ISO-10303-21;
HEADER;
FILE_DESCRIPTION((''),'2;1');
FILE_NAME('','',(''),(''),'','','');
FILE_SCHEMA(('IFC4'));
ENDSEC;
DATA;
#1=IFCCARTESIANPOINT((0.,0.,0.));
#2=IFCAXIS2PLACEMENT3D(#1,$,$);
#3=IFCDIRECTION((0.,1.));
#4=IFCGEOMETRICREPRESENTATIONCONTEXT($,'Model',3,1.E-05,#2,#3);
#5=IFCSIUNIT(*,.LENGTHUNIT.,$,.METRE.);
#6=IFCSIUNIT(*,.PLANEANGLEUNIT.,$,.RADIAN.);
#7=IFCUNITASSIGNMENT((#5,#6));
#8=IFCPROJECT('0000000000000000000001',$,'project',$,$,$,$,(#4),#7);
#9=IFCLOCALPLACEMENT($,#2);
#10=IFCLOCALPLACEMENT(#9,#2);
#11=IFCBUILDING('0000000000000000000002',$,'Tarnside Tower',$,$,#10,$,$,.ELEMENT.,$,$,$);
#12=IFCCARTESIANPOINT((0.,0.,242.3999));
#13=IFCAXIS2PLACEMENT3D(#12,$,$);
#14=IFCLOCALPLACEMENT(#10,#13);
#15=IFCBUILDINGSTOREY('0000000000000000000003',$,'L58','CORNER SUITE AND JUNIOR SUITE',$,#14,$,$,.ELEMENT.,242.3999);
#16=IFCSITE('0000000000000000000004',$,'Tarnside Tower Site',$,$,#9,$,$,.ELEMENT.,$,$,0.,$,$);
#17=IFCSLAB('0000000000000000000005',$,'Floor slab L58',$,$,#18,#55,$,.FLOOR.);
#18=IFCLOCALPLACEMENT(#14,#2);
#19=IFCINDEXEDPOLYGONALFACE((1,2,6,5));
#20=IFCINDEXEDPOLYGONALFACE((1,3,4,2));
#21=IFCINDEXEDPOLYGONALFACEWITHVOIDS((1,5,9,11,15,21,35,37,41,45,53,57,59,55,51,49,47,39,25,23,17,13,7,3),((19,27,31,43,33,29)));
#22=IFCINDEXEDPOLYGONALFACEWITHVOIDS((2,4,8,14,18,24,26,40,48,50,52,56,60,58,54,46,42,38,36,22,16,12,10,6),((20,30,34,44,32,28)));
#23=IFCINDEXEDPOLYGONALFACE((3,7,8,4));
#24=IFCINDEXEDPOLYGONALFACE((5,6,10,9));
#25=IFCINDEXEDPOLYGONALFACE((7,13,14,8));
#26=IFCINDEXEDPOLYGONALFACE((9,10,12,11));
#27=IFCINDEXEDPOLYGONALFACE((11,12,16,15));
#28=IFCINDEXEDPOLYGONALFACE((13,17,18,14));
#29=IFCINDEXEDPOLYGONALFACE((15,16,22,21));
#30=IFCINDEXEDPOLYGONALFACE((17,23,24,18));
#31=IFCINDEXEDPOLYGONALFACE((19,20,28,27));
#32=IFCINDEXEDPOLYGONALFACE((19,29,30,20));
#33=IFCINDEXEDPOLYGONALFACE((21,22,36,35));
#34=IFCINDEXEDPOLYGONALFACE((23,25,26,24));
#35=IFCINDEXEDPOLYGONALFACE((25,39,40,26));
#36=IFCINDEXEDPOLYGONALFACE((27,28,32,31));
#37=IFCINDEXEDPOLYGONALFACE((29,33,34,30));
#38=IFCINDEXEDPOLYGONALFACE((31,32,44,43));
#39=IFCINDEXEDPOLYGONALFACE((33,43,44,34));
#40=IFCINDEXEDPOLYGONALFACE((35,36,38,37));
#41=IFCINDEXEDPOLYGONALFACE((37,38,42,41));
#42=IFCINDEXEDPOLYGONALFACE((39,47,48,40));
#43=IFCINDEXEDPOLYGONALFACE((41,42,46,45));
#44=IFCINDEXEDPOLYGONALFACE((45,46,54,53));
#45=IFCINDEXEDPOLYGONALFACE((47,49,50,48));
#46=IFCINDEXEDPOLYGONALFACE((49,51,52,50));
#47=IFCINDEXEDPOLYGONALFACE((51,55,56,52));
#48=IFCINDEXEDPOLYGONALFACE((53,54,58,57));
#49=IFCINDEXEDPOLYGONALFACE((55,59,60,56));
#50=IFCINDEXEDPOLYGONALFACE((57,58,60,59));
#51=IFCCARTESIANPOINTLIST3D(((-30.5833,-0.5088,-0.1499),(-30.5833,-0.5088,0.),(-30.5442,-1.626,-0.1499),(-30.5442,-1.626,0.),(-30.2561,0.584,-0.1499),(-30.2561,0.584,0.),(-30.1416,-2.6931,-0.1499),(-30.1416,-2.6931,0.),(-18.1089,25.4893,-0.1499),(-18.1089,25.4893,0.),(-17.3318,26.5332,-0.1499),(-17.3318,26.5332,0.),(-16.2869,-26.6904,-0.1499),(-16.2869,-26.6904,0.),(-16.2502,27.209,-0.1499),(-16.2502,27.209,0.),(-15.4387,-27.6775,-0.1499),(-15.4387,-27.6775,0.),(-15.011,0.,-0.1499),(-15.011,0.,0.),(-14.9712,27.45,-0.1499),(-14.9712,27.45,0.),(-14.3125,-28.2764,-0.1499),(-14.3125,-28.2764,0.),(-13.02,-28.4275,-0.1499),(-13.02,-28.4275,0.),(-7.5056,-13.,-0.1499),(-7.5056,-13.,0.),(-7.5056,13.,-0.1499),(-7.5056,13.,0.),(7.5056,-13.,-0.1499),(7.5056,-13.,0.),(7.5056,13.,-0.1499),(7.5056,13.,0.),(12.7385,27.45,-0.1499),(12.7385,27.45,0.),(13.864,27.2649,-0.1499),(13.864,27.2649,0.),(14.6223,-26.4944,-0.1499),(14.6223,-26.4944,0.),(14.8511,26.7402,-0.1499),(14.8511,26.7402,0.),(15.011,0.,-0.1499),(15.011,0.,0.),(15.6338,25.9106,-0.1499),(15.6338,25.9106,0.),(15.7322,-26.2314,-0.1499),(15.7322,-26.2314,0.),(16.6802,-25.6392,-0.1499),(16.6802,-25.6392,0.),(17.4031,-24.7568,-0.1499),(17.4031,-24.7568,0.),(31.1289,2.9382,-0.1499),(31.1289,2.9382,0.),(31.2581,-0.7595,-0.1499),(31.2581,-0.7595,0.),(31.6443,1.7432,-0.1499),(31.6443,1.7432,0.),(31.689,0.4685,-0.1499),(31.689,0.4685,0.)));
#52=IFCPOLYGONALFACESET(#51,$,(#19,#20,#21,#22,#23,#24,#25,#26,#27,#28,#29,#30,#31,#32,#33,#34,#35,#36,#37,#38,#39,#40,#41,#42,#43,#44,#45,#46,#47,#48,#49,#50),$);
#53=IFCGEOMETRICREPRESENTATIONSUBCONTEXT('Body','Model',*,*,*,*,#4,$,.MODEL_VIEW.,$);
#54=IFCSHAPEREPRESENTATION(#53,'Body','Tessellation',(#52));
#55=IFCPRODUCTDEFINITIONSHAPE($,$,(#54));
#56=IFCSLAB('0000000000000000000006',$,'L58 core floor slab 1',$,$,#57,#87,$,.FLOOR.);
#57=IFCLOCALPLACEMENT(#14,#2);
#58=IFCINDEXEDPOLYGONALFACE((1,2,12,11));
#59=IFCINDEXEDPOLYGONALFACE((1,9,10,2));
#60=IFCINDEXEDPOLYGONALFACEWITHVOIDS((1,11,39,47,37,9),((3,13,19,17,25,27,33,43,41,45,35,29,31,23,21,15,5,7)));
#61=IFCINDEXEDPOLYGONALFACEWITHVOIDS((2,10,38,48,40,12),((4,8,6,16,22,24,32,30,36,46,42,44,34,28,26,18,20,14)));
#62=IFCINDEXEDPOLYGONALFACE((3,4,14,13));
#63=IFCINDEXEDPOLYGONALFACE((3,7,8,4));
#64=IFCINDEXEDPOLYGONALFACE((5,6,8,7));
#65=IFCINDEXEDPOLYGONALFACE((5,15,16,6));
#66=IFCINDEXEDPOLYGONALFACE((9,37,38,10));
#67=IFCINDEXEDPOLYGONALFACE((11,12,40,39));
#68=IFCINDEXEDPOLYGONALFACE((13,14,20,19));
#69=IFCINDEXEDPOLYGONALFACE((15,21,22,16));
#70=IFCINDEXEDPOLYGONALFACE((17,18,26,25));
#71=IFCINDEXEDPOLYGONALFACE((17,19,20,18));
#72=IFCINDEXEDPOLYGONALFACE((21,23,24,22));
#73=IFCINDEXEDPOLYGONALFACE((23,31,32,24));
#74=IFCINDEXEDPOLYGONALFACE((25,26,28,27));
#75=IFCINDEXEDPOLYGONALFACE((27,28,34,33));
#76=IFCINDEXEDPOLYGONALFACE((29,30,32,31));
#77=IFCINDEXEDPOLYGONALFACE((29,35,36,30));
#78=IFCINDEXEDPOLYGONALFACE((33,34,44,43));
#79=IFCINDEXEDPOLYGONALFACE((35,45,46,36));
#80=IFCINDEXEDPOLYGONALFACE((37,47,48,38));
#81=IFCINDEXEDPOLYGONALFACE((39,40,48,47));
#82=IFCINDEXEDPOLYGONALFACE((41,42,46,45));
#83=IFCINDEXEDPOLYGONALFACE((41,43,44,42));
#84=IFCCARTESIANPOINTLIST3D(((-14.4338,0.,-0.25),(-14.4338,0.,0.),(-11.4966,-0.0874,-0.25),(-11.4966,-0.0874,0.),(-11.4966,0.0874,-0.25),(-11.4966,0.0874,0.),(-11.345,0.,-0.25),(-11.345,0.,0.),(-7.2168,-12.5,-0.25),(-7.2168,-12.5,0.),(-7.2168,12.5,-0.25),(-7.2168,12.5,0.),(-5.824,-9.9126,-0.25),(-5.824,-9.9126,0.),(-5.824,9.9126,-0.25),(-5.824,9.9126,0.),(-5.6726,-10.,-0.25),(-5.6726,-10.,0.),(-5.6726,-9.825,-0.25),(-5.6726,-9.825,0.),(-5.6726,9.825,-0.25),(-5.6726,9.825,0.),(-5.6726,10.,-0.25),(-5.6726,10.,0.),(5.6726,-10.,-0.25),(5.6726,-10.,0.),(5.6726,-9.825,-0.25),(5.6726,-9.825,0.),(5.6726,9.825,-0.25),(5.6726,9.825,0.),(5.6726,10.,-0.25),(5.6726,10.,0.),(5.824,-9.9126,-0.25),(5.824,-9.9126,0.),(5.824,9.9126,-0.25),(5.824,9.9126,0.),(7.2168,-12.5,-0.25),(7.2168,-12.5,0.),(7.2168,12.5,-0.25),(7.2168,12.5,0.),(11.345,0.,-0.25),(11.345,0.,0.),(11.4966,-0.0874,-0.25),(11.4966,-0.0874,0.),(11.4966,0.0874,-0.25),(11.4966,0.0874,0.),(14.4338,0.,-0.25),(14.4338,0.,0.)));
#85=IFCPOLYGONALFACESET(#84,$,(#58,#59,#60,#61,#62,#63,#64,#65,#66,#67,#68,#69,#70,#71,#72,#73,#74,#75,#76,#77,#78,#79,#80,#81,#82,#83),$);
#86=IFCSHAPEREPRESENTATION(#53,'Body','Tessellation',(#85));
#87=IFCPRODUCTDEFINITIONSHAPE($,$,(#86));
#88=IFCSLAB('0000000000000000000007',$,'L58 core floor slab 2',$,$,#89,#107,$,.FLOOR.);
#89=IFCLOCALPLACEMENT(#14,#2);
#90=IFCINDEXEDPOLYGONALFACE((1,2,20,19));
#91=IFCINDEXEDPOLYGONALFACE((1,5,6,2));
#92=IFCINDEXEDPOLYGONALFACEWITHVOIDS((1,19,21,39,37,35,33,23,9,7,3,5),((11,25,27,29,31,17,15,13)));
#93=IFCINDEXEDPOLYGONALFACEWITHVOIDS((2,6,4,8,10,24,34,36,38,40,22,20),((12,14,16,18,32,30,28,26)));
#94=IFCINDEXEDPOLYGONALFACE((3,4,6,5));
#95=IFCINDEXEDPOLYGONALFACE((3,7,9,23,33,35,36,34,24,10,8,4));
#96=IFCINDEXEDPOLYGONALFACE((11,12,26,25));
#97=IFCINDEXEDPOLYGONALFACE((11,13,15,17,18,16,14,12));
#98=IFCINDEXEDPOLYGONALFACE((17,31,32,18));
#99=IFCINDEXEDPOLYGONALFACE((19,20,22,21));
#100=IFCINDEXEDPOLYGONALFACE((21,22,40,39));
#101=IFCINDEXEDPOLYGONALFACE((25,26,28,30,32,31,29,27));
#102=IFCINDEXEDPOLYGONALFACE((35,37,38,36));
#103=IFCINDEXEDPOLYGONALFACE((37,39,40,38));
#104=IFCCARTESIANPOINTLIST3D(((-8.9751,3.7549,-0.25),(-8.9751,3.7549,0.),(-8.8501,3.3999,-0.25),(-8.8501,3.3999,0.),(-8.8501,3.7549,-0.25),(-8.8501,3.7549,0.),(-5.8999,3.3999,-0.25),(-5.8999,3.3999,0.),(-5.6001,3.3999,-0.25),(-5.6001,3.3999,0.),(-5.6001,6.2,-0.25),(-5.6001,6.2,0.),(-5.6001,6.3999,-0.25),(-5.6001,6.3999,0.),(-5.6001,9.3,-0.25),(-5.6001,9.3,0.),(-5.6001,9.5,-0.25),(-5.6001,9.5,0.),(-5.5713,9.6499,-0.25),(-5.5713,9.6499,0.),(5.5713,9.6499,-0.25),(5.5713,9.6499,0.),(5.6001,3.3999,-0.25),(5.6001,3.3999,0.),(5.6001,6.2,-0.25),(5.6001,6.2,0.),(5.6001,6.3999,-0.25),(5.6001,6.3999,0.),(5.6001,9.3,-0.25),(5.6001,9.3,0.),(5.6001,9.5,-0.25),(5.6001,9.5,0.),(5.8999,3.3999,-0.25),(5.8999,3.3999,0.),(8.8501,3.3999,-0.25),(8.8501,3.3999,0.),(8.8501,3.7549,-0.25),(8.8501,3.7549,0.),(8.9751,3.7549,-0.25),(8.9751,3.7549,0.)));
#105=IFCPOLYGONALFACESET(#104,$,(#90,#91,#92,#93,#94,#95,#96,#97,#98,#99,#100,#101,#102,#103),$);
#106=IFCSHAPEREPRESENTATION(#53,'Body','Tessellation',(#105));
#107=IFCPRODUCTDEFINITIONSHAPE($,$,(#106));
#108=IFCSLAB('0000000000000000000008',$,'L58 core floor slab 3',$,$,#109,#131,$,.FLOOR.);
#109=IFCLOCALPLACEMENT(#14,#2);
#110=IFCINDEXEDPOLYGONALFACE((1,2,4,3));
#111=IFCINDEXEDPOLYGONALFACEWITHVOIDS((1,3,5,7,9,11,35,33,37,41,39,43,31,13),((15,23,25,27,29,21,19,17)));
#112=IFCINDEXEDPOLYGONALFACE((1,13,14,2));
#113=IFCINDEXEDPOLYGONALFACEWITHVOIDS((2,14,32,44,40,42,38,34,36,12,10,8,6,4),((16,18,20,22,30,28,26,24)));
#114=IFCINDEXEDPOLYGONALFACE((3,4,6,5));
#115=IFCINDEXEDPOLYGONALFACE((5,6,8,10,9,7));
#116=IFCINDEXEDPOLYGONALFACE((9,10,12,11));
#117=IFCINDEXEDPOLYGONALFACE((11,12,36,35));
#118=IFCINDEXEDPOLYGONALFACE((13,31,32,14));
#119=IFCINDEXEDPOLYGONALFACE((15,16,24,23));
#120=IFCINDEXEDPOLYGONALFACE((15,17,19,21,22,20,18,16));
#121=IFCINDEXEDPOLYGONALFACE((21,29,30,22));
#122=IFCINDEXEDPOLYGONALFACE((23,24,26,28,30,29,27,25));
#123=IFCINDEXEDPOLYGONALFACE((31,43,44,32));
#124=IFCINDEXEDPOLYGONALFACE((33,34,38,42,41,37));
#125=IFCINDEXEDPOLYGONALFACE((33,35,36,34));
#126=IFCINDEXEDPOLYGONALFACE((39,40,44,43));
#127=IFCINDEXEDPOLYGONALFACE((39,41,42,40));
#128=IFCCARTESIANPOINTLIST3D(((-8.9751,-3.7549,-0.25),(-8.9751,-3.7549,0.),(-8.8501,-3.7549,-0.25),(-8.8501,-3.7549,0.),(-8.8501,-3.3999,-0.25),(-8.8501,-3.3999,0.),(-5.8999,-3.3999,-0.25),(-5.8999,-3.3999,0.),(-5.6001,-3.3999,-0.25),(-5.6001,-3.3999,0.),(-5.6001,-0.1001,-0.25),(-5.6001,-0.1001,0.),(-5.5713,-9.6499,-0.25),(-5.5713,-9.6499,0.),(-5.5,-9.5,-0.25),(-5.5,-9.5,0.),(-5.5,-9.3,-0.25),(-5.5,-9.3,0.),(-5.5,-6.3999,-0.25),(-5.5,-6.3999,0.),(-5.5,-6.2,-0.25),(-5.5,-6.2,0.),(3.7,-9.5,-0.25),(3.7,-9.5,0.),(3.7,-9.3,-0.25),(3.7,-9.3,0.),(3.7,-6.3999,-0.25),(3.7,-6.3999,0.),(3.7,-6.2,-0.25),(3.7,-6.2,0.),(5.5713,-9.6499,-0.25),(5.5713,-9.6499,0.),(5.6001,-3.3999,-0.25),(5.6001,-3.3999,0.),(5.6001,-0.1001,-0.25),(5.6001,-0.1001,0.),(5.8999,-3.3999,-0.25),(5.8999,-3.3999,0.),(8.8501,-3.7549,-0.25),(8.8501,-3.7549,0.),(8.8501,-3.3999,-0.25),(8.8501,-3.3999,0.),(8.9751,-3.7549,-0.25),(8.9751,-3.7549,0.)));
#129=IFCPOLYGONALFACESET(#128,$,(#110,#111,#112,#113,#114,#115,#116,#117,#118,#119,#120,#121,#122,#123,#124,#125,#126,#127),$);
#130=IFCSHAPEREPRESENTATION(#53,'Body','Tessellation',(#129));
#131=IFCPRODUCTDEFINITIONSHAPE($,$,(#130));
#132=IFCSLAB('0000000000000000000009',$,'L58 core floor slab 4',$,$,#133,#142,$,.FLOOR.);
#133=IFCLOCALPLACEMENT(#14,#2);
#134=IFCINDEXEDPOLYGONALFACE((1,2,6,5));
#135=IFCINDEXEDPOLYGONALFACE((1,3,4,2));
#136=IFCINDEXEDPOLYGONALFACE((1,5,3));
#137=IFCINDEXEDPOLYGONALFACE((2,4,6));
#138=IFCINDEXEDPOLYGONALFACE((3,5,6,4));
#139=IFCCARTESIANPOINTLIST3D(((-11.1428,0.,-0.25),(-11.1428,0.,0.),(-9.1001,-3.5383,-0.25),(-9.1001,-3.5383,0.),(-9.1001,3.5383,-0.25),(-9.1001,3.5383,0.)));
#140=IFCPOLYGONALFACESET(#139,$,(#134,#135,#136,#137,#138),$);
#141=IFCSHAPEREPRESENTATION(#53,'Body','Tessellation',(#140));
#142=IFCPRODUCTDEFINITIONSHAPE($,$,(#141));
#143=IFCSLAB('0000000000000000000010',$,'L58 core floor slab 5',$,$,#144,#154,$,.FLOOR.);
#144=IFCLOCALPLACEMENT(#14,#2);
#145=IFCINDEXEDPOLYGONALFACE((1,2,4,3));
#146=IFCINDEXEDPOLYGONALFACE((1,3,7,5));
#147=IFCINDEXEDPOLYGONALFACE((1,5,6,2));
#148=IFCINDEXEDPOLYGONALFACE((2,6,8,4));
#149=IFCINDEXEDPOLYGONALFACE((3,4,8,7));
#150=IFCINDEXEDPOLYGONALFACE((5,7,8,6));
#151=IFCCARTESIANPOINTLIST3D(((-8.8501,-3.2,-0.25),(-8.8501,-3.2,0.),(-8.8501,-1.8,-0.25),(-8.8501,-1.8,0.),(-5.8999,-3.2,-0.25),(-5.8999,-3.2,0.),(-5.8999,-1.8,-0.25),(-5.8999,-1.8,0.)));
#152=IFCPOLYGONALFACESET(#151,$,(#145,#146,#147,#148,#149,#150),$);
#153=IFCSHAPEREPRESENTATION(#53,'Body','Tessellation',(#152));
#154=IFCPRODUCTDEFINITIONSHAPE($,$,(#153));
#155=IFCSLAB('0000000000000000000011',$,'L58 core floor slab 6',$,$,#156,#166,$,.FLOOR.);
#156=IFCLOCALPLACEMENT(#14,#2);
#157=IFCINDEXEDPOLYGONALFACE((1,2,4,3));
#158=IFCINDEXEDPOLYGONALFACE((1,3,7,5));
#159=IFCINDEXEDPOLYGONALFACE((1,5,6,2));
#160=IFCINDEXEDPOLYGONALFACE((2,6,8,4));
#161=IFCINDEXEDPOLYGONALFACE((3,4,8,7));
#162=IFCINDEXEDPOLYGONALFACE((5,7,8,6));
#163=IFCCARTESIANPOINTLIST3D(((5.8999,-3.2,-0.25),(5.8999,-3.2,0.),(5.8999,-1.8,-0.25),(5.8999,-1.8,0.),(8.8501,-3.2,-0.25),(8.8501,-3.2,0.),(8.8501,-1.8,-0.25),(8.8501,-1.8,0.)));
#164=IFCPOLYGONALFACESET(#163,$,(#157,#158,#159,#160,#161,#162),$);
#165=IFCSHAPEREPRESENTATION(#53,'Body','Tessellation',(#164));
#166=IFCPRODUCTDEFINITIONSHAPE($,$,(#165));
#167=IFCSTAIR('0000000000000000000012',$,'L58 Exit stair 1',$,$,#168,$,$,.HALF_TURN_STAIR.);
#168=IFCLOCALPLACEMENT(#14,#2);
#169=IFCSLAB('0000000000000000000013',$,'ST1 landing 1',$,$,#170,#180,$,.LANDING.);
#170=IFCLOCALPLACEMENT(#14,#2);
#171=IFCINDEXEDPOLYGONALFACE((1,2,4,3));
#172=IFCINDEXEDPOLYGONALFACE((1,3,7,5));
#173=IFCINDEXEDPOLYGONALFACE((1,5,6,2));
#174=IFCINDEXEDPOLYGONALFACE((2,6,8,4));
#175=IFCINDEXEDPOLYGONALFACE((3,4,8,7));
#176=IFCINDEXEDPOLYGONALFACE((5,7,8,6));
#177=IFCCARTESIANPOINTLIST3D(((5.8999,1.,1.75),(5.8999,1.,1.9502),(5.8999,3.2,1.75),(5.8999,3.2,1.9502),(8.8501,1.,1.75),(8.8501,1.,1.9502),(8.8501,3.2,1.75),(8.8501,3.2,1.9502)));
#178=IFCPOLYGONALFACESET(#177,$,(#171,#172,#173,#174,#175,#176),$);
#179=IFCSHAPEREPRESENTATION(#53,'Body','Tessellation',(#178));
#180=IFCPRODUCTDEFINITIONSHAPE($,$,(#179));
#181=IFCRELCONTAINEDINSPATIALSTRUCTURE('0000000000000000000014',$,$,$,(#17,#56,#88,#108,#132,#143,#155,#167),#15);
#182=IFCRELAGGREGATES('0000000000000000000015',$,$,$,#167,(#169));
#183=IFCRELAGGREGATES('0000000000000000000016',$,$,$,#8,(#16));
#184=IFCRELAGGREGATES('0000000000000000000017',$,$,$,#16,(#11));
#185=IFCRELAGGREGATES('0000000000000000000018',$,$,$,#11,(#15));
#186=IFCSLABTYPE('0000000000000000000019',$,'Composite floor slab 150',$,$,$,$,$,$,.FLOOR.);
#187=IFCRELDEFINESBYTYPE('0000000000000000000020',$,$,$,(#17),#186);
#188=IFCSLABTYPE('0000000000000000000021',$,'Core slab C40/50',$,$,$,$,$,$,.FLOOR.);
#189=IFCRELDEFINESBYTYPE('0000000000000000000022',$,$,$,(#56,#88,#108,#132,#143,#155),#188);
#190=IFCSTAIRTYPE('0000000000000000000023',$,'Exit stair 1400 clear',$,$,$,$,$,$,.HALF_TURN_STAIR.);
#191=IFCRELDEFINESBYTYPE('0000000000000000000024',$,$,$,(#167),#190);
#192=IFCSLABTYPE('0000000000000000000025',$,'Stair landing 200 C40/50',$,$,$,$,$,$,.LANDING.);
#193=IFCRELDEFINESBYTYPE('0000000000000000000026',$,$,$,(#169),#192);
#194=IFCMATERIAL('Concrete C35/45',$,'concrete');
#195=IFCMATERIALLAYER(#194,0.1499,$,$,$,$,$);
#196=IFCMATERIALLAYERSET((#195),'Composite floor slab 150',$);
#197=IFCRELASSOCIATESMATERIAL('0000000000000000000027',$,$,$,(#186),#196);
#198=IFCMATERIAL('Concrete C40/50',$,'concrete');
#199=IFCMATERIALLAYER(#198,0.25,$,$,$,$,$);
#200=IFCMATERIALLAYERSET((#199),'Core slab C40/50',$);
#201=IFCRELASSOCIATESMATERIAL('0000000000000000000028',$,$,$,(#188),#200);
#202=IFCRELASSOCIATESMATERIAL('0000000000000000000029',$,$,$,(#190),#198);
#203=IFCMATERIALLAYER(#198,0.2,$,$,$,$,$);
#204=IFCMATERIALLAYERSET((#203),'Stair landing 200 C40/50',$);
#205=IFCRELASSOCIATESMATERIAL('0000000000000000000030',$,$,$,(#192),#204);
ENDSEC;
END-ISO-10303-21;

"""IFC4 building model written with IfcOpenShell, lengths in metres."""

from ifc_helpers import new_model, si_unit, direction, frame, origin, place, context, subcontext, project, spatial, polyline, outline, extrude, material, layer, layer_set, type_object, element, aggregate, save


model = new_model("IFC4")

# Units and contexts
model_context = context("Model", 3, precision=1e-05, world=origin(), true_north=direction((0.0, 1.0)))
body_context = subcontext(model_context, "Body", "Model", "MODEL_VIEW")
ifc_project = project(units=[si_unit("LENGTHUNIT", "METRE"), si_unit("PLANEANGLEUNIT", "RADIAN")], contexts=[model_context])

# Site, building, storey
site_placement = place(None, origin())
site = spatial("IfcSite", under=ifc_project, at=site_placement, Name="Tarnside Tower Site", CompositionType="ELEMENT", RefElevation=0.0)
building_placement = place(site_placement, origin())
building = spatial("IfcBuilding", under=site, at=building_placement, Name="Tarnside Tower", CompositionType="ELEMENT")
storey_placement = place(building_placement, frame((0.0, 0.0, 242.3999)))
storey = spatial("IfcBuildingStorey", under=building, at=storey_placement, Name="L58", Description="CORNER SUITE AND JUNIOR SUITE", CompositionType="ELEMENT", Elevation=242.3999)

# Slabs
ifc_material_1 = material(Name="Concrete C35/45", Category="concrete")
ifc_layer_1 = layer(ifc_material_1, 0.1499)
ifc_layer_set_1 = layer_set([ifc_layer_1], Name="Composite floor slab 150")
slab_type_1 = type_object("IfcSlabType", Name="Composite floor slab 150", PredefinedType="FLOOR", material=ifc_layer_set_1)
slab_1_placement = place(storey_placement, frame((0.0, 0.0, -0.1499)))
element("IfcSlab", 1, at=slab_1_placement, inside=storey, type_object=slab_type_1, Name="Floor slab L58", PredefinedType="FLOOR", context=body_context, shape_type="SweptSolid", body=[
    extrude(outline(polyline([(13.864, 27.2649), (14.8511, 26.7402), (15.6338, 25.9106), (31.1289, 2.9382), (31.6443, 1.7432), (31.689, 0.4685), (31.2581, -0.7595), (17.4031, -24.7568), (16.6802, -25.6392), (15.7322, -26.2314), (14.6223, -26.4944), (-13.02, -28.4275), (-14.3125, -28.2764), (-15.4387, -27.6775), (-16.2869, -26.6904), (-30.1416, -2.6931), (-30.5442, -1.626), (-30.5833, -0.5088), (-30.2561, 0.584), (-18.1089, 25.4893), (-17.3318, 26.5332), (-16.2502, 27.209), (-14.9712, 27.45), (12.7385, 27.45), (13.864, 27.2649)]), holes=[polyline([(-15.011, 0.0), (-7.5056, -13.0), (7.5056, -13.0), (15.011, 0.0), (7.5056, 13.0), (-7.5056, 13.0), (-15.011, 0.0)])]), origin(), (0.0, 0.0, 1.0), 0.1499),
])
ifc_material_2 = material(Name="Concrete C40/50", Category="concrete")
ifc_layer_2 = layer(ifc_material_2, 0.25)
ifc_layer_set_2 = layer_set([ifc_layer_2], Name="Core slab C40/50")
slab_type_2 = type_object("IfcSlabType", Name="Core slab C40/50", PredefinedType="FLOOR", material=ifc_layer_set_2)
slab_2_placement = place(storey_placement, frame((0.0, 0.0, -0.25)))
element("IfcSlab", 2, at=slab_2_placement, inside=storey, type_object=slab_type_2, Name="L58 core floor slab 1", PredefinedType="FLOOR", context=body_context, shape_type="SweptSolid", body=[
    extrude(outline(polyline([(-7.2168, 12.5), (7.2168, 12.5), (14.4338, 0.0), (7.2168, -12.5), (-7.2168, -12.5), (-14.4338, 0.0), (-7.2168, 12.5)]), holes=[polyline([(5.824, -9.9126), (11.4966, -0.0874), (11.345, 0.0), (11.4966, 0.0874), (5.824, 9.9126), (5.6726, 9.825), (5.6726, 10.0), (-5.6726, 10.0), (-5.6726, 9.825), (-5.824, 9.9126), (-11.4966, 0.0874), (-11.345, 0.0), (-11.4966, -0.0874), (-5.824, -9.9126), (-5.6726, -9.825), (-5.6726, -10.0), (5.6726, -10.0), (5.6726, -9.825), (5.824, -9.9126)])]), origin(), (0.0, 0.0, 1.0), 0.25),
])
slab_3_placement = place(storey_placement, frame((0.0, 0.0, -0.25)))
element("IfcSlab", 3, at=slab_3_placement, inside=storey, type_object=slab_type_2, Name="L58 core floor slab 2", PredefinedType="FLOOR", context=body_context, shape_type="SweptSolid", body=[
    extrude(outline(polyline([(-8.9751, 3.7549), (-5.5713, 9.6499), (5.5713, 9.6499), (8.9751, 3.7549), (8.8501, 3.7549), (8.8501, 3.3999), (5.8999, 3.3999), (5.6001, 3.3999), (5.6001, 3.3999), (-5.6001, 3.3999), (-5.8999, 3.3999), (-8.8501, 3.3999), (-8.8501, 3.7549), (-8.9751, 3.7549)]), holes=[polyline([(-5.6001, 6.2), (5.6001, 6.2), (5.6001, 6.3999), (5.6001, 9.3), (5.6001, 9.5), (-5.6001, 9.5), (-5.6001, 9.3), (-5.6001, 6.3999), (-5.6001, 6.2)])]), origin(), (0.0, 0.0, 1.0), 0.25),
])
slab_4_placement = place(storey_placement, frame((0.0, 0.0, -0.25)))
element("IfcSlab", 4, at=slab_4_placement, inside=storey, type_object=slab_type_2, Name="L58 core floor slab 3", PredefinedType="FLOOR", context=body_context, shape_type="SweptSolid", body=[
    extrude(outline(polyline([(5.6001, -3.3999), (5.8999, -3.3999), (8.8501, -3.3999), (8.8501, -3.7549), (8.9751, -3.7549), (5.5713, -9.6499), (-5.5713, -9.6499), (-8.9751, -3.7549), (-8.8501, -3.7549), (-8.8501, -3.3999), (-5.8999, -3.3999), (-5.6001, -3.3999), (-5.6001, -0.1001), (5.6001, -0.1001), (5.6001, -3.3999)]), holes=[polyline([(-5.5, -9.3), (-5.5, -9.5), (3.7, -9.5), (3.7, -9.3), (3.7, -6.3999), (3.7, -6.2), (-5.5, -6.2), (-5.5, -6.3999), (-5.5, -9.3)])]), origin(), (0.0, 0.0, 1.0), 0.25),
])
slab_5_placement = place(storey_placement, frame((0.0, 0.0, -0.25)))
element("IfcSlab", 5, at=slab_5_placement, inside=storey, type_object=slab_type_2, Name="L58 core floor slab 4", PredefinedType="FLOOR", context=body_context, shape_type="SweptSolid", body=[
    extrude(outline(polyline([(-11.1428, 0.0), (-9.1001, 3.5383), (-9.1001, -3.5383), (-11.1428, 0.0)])), origin(), (0.0, 0.0, 1.0), 0.25),
])
slab_6_placement = place(storey_placement, frame((0.0, 0.0, -0.25)))
element("IfcSlab", 6, at=slab_6_placement, inside=storey, type_object=slab_type_2, Name="L58 core floor slab 5", PredefinedType="FLOOR", context=body_context, shape_type="SweptSolid", body=[
    extrude(outline(polyline([(-8.8501, -1.8), (-5.8999, -1.8), (-5.8999, -3.2), (-8.8501, -3.2), (-8.8501, -1.8)])), origin(), (0.0, 0.0, 1.0), 0.25),
])
slab_7_placement = place(storey_placement, frame((0.0, 0.0, -0.25)))
element("IfcSlab", 7, at=slab_7_placement, inside=storey, type_object=slab_type_2, Name="L58 core floor slab 6", PredefinedType="FLOOR", context=body_context, shape_type="SweptSolid", body=[
    extrude(outline(polyline([(5.8999, -3.2), (5.8999, -1.8), (8.8501, -1.8), (8.8501, -3.2), (5.8999, -3.2)])), origin(), (0.0, 0.0, 1.0), 0.25),
])

# Stair, slab
stair_type = type_object("IfcStairType", Name="Exit stair 1400 clear", PredefinedType="HALF_TURN_STAIR", material=ifc_material_2)
stair_1_placement = place(storey_placement, origin())
stair_1 = element("IfcStair", 8, at=stair_1_placement, inside=storey, type_object=stair_type, Name="L58 Exit stair 1", PredefinedType="HALF_TURN_STAIR")
ifc_layer_3 = layer(ifc_material_2, 0.2)
ifc_layer_set_3 = layer_set([ifc_layer_3], Name="Stair landing 200 C40/50")
slab_type_3 = type_object("IfcSlabType", Name="Stair landing 200 C40/50", PredefinedType="LANDING", material=ifc_layer_set_3)
slab_8_placement = place(storey_placement, frame((0.0, 0.0, 1.75)))
slab_8 = element("IfcSlab", 9, at=slab_8_placement, type_object=slab_type_3, Name="ST1 landing 1", PredefinedType="LANDING", context=body_context, shape_type="SweptSolid", body=[
    extrude(outline(polyline([(8.8501, 1.0), (8.8501, 3.2), (5.8999, 3.2), (5.8999, 1.0), (8.8501, 1.0)])), origin(), (0.0, 0.0, 1.0), 0.2002),
])
aggregate(stair_1, [slab_8])

save(model, "model.ifc")
